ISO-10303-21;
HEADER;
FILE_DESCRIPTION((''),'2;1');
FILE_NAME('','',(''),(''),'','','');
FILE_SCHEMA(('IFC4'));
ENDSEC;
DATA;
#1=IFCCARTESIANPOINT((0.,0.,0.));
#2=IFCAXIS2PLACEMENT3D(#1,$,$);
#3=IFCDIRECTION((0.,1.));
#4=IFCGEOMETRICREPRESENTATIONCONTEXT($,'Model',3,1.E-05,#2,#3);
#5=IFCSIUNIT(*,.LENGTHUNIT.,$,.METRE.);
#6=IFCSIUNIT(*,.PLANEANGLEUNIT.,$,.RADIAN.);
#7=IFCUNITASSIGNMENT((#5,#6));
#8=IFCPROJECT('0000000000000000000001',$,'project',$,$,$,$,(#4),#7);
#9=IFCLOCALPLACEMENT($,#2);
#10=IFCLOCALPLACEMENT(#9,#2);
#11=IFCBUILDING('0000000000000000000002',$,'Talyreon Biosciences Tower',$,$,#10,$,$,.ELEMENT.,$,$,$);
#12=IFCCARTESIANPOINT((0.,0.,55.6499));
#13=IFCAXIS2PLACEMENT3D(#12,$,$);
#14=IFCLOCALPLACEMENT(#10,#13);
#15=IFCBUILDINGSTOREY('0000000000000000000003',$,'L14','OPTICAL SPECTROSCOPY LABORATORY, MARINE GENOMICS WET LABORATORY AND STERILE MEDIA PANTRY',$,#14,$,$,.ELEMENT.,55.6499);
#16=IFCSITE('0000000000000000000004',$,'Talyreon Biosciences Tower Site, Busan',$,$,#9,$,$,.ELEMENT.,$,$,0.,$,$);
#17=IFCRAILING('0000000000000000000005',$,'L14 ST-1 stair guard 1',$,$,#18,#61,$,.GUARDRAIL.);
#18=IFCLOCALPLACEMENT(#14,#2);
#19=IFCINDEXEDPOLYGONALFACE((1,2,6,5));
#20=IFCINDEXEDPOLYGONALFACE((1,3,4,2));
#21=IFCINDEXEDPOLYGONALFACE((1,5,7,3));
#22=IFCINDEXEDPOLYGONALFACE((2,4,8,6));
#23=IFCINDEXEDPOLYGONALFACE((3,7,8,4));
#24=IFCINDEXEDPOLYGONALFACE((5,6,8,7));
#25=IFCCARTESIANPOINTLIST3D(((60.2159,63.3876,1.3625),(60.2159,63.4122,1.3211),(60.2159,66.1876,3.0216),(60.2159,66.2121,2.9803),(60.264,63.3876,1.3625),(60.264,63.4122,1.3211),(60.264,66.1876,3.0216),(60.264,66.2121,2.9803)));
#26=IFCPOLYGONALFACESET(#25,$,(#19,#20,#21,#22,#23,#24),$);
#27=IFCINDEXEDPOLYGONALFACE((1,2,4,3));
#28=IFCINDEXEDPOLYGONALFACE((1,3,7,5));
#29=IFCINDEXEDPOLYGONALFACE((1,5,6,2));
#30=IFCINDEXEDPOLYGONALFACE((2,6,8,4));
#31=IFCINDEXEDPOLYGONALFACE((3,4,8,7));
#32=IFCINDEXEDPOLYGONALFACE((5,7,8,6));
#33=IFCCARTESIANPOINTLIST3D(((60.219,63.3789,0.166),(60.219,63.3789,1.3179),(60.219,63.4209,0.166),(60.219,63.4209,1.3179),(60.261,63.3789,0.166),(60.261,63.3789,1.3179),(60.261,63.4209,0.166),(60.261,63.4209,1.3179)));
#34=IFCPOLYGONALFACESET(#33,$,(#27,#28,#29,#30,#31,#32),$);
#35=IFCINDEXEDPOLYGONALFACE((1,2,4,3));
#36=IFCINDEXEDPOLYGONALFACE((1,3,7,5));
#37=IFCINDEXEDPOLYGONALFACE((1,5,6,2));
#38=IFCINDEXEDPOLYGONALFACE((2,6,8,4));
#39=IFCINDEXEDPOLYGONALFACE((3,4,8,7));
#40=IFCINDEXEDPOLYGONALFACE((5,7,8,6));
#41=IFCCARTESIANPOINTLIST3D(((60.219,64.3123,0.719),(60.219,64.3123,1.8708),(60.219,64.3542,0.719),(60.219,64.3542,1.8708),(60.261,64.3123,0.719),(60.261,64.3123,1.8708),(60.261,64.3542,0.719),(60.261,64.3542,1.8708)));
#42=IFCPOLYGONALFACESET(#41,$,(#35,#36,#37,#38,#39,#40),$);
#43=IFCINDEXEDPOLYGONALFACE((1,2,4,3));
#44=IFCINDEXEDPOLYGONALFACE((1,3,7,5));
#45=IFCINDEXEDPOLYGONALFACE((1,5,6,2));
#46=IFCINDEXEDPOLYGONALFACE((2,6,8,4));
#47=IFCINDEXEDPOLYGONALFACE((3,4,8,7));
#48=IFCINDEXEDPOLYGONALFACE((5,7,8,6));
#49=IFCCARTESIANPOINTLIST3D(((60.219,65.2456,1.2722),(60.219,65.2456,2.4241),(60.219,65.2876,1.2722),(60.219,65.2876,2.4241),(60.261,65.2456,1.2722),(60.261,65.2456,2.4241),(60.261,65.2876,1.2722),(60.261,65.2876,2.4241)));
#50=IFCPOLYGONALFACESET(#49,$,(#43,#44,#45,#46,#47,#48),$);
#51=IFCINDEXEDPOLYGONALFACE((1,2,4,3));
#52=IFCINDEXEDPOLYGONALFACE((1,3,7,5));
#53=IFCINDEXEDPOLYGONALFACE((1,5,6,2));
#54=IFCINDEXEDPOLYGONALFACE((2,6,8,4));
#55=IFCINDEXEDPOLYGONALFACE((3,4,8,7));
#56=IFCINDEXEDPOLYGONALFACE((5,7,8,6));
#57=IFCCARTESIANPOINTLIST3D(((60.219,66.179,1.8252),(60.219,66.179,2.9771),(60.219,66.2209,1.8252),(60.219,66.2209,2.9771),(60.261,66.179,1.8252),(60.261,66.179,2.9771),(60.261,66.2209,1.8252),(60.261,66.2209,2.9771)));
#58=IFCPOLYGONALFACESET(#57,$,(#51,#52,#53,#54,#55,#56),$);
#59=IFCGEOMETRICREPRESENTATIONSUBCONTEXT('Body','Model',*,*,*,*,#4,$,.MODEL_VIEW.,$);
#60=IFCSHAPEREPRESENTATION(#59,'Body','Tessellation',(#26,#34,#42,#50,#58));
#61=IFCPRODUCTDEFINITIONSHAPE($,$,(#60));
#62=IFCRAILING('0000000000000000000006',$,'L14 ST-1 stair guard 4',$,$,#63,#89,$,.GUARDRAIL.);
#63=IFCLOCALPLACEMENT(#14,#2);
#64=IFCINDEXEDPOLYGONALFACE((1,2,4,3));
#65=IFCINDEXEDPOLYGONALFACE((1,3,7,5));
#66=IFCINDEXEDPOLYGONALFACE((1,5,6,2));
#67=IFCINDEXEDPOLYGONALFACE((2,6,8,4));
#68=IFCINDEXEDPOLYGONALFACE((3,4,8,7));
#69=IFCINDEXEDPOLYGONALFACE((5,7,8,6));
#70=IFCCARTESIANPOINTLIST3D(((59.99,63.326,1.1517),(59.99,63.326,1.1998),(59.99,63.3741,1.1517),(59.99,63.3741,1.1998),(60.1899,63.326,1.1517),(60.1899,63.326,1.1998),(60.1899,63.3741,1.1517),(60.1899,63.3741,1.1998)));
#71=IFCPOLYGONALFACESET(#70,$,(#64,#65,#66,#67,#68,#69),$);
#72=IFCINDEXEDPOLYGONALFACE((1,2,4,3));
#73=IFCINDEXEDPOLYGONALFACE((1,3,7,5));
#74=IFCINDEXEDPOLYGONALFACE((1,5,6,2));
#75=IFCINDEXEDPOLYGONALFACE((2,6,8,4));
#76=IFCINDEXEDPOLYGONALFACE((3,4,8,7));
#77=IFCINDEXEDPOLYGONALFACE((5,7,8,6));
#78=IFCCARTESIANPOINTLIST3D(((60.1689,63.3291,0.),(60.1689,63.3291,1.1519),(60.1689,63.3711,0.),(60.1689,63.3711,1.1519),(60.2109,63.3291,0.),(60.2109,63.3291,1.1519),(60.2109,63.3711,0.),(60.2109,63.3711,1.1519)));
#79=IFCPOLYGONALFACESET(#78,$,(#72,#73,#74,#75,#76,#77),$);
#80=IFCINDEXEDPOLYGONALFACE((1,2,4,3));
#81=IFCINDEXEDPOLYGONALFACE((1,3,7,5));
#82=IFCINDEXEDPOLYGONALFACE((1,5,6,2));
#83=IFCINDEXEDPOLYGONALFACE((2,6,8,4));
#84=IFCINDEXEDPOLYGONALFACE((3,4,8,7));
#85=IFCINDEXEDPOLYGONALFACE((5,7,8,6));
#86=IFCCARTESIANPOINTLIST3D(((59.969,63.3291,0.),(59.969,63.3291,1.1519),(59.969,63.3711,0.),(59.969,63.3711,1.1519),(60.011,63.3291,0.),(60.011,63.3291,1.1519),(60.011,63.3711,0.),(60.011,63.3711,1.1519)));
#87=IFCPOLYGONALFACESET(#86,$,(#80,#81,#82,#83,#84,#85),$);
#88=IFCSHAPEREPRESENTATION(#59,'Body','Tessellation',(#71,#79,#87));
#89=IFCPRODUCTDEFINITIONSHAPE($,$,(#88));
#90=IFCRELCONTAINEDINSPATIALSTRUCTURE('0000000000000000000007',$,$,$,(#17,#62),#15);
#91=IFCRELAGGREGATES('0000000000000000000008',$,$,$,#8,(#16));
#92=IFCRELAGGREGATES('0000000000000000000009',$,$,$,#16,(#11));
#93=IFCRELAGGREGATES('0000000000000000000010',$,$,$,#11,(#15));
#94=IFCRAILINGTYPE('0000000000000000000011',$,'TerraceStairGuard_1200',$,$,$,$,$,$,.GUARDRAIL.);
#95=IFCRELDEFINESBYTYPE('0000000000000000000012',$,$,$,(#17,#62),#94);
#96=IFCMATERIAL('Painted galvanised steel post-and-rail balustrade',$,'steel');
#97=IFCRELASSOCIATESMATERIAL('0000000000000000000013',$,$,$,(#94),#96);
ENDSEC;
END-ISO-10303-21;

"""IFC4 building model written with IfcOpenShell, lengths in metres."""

from ifc_helpers import new_model, si_unit, direction, frame, origin, origin_2d, place, context, subcontext, project, spatial, rectangle, extrude, material, type_object, element, save


model = new_model("IFC4")

# Units and contexts
model_context = context("Model", 3, precision=1e-05, world=origin(), true_north=direction((0.0, 1.0)))
body_context = subcontext(model_context, "Body", "Model", "MODEL_VIEW")
ifc_project = project(units=[si_unit("LENGTHUNIT", "METRE"), si_unit("PLANEANGLEUNIT", "RADIAN")], contexts=[model_context])

# Site, building, storey
site_placement = place(None, origin())
site = spatial("IfcSite", under=ifc_project, at=site_placement, Name="Talyreon Biosciences Tower Site, Busan", CompositionType="ELEMENT", RefElevation=0.0)
building_placement = place(site_placement, origin())
building = spatial("IfcBuilding", under=site, at=building_placement, Name="Talyreon Biosciences Tower", CompositionType="ELEMENT")
storey_placement = place(building_placement, frame((0.0, 0.0, 55.6499)))
storey = spatial("IfcBuildingStorey", under=building, at=storey_placement, Name="L14", Description="OPTICAL SPECTROSCOPY LABORATORY, MARINE GENOMICS WET LABORATORY AND STERILE MEDIA PANTRY", CompositionType="ELEMENT", Elevation=55.6499)

# Railings
ifc_material_1 = material(Name="Painted galvanised steel post-and-rail balustrade", Category="steel")
railing_type_1 = type_object("IfcRailingType", Name="TerraceStairGuard_1200", PredefinedType="GUARDRAIL", material=ifc_material_1)
railing_1_placement = place(storey_placement, frame((60.24, 63.3999, 0.166)))
element("IfcRailing", 1, at=railing_1_placement, inside=storey, type_object=railing_type_1, Name="L14 ST-1 stair guard 1", PredefinedType="GUARDRAIL", context=body_context, shape_type="SweptSolid", body=[
    extrude(rectangle(XDim=0.0481, YDim=0.0481, at=origin_2d()), frame((0.0, 0.0, 1.1758), z_axis=(0.0, 0.860306, 0.509778), x_axis=(-1.0, 0.0, 0.0)), (0.0, 0.0, 1.0), 3.2546),
    extrude(rectangle(XDim=0.042, YDim=0.042, at=origin_2d()), origin(), (0.0, 0.0, 1.0), 1.1519),
    extrude(rectangle(XDim=0.042, YDim=0.042, at=origin_2d()), frame((0.0, 0.9333, 0.553)), (0.0, 0.0, 1.0), 1.1519),
    extrude(rectangle(XDim=0.042, YDim=0.042, at=origin_2d()), frame((0.0, 1.8667, 1.1062)), (0.0, 0.0, 1.0), 1.1519),
    extrude(rectangle(XDim=0.042, YDim=0.042, at=origin_2d()), frame((0.0, 2.8, 1.6592)), (0.0, 0.0, 1.0), 1.1519),
])
railing_2_placement = place(storey_placement, frame((60.1899, 63.3501, 0.0)))
element("IfcRailing", 2, at=railing_2_placement, inside=storey, type_object=railing_type_1, Name="L14 ST-1 stair guard 4", PredefinedType="GUARDRAIL", context=body_context, shape_type="SweptSolid", body=[
    extrude(rectangle(XDim=0.0481, YDim=0.0481, at=origin_2d()), frame((0.0, 0.0, 1.1758), z_axis=(-1.0, 0.0, 0.0), x_axis=(0.0, -1.0, 0.0)), (0.0, 0.0, 1.0), 0.2),
    extrude(rectangle(XDim=0.042, YDim=0.042, at=origin_2d()), origin(), (0.0, 0.0, 1.0), 1.1519),
    extrude(rectangle(XDim=0.042, YDim=0.042, at=origin_2d()), frame((-0.2, 0.0, 0.0)), (0.0, 0.0, 1.0), 1.1519),
])

save(model, "model.ifc")
